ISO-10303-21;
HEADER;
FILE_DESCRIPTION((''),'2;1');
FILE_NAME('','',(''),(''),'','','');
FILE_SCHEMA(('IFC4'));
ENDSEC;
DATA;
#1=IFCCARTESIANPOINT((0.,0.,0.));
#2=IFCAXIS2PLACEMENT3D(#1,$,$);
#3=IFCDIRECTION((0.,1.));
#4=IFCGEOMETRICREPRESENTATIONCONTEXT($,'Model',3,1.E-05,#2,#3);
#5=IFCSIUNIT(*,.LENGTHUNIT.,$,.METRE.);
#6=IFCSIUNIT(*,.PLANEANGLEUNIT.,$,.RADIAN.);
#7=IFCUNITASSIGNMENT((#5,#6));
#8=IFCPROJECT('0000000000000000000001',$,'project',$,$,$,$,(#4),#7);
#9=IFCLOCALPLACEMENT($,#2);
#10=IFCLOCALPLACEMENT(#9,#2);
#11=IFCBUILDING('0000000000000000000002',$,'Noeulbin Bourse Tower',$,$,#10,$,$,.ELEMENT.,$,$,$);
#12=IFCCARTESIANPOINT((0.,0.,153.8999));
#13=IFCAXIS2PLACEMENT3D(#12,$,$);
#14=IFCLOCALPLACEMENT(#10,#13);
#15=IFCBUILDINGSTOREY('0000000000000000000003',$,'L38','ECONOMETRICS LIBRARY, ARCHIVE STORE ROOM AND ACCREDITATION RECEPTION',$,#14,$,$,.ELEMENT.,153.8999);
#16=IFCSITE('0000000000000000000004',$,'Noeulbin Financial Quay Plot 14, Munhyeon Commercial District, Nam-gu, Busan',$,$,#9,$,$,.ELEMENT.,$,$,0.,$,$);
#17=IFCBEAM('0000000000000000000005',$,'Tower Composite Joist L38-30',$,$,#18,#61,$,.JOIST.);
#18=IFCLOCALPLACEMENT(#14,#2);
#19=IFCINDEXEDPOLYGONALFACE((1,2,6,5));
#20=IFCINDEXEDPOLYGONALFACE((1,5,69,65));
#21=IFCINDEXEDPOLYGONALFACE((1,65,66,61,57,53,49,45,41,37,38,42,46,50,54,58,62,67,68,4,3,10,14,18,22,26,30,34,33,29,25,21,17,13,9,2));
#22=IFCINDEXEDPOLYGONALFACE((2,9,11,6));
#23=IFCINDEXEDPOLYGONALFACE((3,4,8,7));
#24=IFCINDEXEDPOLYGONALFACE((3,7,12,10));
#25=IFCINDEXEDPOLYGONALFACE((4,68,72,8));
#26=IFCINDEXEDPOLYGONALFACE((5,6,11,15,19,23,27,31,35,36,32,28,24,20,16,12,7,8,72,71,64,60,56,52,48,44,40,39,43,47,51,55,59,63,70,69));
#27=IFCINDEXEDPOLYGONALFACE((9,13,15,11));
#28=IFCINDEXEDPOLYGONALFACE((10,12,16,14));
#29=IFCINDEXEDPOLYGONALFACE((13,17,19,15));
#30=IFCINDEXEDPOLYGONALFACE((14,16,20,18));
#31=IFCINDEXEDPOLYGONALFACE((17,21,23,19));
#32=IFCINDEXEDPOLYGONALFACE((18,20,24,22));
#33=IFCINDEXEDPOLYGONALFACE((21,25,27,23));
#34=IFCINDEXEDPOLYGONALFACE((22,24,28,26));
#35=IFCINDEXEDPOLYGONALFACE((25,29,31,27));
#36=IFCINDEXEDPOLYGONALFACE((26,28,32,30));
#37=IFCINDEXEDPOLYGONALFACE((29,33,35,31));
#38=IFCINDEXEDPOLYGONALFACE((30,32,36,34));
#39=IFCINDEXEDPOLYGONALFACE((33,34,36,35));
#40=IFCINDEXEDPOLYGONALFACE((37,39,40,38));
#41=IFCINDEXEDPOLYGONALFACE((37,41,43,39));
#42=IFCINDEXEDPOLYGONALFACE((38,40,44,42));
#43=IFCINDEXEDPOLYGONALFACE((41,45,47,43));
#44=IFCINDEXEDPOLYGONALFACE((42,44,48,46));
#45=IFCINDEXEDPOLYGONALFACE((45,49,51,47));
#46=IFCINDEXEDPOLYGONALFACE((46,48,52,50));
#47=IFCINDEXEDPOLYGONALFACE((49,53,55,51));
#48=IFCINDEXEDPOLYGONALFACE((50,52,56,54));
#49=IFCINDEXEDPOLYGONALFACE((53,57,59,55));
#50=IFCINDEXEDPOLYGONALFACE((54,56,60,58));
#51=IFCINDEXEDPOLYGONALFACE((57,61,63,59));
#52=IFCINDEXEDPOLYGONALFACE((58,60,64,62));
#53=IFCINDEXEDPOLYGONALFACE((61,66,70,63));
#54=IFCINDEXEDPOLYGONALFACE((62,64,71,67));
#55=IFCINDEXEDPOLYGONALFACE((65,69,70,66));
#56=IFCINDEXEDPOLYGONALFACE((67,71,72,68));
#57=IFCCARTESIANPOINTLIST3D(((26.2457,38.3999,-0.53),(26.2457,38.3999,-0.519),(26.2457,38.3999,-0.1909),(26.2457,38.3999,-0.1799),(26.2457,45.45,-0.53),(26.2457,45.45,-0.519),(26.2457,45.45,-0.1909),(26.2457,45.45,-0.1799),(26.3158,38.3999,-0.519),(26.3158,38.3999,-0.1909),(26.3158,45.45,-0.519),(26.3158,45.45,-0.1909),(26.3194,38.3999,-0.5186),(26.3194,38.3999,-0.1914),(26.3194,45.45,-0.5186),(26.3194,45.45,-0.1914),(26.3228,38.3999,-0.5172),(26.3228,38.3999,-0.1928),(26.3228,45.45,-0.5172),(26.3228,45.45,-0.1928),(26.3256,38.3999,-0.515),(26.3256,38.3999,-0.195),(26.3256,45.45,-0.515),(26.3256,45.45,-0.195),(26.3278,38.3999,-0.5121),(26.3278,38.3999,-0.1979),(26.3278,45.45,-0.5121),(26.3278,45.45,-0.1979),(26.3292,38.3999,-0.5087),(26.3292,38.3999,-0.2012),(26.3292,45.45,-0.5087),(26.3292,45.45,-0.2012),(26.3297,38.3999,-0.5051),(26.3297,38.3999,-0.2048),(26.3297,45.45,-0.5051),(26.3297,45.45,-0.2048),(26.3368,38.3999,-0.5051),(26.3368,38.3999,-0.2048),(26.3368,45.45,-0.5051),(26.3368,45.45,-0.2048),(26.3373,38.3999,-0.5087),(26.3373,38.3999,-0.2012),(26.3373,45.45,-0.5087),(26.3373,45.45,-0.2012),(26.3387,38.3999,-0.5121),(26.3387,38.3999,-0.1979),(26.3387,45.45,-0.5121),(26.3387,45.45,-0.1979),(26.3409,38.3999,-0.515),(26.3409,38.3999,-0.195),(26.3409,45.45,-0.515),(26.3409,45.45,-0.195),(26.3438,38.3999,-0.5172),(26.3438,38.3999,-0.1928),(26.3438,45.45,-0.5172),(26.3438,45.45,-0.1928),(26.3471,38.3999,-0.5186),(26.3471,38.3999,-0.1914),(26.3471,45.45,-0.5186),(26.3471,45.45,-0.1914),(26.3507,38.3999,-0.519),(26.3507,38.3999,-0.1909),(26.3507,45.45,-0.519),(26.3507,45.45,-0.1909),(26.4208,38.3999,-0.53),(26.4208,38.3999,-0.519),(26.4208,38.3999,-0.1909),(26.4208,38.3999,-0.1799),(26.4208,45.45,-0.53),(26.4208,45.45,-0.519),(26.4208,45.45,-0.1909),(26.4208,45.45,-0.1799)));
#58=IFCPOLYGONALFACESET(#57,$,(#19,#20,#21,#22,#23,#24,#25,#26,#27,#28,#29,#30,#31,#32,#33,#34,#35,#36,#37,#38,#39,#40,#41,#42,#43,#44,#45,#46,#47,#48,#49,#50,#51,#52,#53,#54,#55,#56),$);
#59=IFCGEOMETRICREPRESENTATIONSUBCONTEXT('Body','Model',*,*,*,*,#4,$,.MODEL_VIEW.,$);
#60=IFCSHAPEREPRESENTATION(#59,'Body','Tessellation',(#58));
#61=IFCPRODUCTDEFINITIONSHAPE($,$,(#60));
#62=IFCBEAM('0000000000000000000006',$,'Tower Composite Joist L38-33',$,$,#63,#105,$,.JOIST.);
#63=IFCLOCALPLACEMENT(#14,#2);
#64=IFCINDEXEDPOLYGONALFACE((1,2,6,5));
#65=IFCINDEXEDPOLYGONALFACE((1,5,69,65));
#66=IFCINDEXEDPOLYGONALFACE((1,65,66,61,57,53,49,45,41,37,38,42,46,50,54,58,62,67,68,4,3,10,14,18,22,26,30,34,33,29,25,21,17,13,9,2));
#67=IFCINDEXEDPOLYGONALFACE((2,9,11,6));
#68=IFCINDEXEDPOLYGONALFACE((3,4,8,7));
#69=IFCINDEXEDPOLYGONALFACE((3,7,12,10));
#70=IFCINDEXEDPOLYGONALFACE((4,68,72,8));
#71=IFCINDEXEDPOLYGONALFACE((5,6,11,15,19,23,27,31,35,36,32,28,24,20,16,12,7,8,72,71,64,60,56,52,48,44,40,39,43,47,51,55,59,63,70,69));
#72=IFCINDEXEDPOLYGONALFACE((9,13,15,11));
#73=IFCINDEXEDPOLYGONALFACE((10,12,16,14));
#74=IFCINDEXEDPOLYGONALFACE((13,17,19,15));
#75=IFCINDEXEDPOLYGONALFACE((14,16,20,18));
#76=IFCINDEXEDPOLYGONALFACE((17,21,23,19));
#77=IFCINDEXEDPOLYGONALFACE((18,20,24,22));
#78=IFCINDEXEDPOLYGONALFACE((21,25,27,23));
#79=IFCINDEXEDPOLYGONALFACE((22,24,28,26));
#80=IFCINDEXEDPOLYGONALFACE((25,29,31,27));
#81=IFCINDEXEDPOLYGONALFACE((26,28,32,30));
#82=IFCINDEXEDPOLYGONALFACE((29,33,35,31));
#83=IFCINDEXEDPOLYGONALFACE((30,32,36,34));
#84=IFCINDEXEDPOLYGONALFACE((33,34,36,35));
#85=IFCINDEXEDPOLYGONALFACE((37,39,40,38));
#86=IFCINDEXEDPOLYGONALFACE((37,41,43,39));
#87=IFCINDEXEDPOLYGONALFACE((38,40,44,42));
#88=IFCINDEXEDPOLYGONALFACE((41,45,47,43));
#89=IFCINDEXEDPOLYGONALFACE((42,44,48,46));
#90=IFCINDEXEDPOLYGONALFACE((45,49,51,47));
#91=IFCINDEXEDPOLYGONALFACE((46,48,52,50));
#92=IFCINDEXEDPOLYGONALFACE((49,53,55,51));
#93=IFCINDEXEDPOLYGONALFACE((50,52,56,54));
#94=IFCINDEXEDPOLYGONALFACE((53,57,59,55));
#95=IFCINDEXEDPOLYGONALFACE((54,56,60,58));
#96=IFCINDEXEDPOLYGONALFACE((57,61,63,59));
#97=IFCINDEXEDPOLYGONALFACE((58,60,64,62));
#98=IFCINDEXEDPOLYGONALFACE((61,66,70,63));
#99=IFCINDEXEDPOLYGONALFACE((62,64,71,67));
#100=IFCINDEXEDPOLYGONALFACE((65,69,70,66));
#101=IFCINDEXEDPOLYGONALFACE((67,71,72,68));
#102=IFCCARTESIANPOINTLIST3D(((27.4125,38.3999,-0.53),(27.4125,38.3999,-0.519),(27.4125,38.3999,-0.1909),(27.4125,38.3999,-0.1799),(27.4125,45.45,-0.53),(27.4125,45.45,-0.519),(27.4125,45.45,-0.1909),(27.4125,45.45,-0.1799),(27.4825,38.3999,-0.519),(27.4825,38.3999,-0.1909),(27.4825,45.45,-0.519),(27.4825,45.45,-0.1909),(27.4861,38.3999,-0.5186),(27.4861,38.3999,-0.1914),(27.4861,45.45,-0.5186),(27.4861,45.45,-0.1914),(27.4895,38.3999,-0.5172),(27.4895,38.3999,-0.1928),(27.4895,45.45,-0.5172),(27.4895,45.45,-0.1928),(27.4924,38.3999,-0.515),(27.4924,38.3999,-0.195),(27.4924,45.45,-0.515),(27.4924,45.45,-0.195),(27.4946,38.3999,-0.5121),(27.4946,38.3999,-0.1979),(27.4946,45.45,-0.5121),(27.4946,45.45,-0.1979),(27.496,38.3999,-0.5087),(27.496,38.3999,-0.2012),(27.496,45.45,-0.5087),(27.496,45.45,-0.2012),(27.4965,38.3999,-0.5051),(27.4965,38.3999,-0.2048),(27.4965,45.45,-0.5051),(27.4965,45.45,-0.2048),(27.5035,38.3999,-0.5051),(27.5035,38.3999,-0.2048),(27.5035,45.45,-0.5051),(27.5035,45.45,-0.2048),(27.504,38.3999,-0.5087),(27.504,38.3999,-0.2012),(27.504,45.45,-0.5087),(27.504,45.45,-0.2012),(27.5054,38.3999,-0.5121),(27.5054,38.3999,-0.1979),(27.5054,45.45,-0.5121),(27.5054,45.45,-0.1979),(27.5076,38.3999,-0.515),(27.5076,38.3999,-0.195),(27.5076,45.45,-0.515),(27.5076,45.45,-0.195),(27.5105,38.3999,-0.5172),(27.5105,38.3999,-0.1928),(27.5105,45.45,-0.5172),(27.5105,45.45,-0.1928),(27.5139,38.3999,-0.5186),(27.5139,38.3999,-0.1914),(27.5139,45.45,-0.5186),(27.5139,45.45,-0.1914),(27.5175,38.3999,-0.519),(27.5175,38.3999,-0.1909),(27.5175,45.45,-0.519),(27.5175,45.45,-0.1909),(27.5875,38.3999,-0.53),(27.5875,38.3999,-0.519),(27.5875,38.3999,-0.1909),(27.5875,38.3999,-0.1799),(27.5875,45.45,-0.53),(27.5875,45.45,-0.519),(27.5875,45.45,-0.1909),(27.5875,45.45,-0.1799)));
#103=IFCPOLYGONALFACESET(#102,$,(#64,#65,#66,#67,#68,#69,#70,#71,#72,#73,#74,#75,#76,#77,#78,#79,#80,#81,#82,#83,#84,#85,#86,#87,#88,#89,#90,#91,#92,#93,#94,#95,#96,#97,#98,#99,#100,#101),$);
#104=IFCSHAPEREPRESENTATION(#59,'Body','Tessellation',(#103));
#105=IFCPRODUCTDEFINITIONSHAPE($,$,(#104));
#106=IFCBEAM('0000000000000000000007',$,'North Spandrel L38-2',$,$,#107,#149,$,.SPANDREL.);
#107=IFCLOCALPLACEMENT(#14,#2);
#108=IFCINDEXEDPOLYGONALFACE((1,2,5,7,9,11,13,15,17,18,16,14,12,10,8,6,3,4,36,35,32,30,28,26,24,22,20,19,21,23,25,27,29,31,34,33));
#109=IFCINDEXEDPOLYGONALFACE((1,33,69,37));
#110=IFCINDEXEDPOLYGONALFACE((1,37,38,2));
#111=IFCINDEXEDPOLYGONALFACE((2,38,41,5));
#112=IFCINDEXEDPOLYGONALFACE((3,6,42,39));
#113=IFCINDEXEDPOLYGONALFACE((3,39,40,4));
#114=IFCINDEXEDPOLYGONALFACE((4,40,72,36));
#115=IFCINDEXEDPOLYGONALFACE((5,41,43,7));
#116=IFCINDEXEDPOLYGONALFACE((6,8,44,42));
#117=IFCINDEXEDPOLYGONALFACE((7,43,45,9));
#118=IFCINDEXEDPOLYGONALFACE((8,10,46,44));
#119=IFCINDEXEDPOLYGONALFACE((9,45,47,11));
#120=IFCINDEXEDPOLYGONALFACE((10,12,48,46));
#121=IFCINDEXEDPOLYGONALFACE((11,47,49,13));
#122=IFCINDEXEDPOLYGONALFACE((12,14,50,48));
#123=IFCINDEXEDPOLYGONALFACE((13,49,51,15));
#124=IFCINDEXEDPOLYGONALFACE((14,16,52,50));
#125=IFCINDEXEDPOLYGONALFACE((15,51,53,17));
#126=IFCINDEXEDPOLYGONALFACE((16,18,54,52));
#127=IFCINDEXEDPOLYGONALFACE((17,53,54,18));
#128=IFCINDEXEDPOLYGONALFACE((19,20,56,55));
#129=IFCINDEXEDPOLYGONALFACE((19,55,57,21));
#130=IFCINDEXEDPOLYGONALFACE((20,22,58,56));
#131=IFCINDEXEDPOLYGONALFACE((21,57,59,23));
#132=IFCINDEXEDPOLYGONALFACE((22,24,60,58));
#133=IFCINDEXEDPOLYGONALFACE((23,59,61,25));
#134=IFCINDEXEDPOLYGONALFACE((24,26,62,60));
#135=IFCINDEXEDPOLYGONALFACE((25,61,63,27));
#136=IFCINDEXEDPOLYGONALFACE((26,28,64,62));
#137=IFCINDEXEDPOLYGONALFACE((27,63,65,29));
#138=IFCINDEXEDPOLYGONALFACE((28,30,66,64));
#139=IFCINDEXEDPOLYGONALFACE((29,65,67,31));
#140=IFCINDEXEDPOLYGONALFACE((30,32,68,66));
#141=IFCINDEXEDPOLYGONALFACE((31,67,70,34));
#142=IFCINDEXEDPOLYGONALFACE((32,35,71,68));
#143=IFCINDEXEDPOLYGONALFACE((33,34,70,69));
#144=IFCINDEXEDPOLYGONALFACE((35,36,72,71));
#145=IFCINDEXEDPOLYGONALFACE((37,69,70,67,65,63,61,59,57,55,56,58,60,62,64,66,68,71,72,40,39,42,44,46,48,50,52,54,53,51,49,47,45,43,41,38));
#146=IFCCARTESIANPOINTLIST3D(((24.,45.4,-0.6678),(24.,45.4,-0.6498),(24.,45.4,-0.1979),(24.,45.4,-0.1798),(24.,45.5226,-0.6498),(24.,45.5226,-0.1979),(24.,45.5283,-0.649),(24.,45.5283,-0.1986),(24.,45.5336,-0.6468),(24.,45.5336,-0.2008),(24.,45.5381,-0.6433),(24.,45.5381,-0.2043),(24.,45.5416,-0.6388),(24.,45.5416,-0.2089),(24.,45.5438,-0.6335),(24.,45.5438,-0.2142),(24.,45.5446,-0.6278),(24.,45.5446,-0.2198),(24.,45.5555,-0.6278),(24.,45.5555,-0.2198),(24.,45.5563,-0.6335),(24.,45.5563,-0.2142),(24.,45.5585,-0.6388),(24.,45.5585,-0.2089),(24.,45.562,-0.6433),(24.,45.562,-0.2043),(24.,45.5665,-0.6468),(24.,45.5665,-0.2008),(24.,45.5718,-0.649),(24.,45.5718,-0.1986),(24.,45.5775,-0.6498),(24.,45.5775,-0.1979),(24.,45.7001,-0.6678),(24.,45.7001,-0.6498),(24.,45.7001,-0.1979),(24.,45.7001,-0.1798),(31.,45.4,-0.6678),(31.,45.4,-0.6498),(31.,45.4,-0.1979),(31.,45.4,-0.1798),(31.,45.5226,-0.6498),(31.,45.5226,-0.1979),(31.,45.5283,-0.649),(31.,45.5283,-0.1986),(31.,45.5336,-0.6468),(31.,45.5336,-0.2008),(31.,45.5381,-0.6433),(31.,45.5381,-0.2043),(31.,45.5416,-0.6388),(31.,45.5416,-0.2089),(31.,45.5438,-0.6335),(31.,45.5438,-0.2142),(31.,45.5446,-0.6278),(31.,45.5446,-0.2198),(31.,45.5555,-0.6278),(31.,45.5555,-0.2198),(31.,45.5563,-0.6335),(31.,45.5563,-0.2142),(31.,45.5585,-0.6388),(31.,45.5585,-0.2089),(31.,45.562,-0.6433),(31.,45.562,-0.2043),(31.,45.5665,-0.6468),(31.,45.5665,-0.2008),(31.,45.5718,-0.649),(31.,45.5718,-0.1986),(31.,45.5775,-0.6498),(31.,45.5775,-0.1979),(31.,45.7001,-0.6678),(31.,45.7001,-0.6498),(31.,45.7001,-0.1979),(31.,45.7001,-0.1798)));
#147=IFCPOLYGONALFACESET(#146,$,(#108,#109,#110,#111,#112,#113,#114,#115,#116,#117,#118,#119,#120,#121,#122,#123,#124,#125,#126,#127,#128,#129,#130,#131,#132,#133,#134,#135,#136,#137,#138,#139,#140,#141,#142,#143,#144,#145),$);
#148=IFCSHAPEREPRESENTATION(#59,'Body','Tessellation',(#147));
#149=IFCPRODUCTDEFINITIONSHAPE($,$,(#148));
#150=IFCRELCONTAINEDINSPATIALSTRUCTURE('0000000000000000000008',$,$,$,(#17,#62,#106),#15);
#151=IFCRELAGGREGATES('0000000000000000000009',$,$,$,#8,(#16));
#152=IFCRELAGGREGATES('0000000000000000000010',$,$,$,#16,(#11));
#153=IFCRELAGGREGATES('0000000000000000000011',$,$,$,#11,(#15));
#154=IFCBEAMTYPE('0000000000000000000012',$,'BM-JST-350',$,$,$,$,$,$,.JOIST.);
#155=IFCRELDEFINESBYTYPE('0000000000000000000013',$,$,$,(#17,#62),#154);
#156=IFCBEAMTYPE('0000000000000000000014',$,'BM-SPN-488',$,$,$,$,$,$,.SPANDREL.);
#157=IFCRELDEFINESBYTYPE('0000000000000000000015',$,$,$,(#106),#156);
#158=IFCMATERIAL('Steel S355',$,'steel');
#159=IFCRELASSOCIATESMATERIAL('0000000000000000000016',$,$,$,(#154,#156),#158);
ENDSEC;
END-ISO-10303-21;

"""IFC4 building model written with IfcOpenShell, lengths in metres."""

from ifc_helpers import new_model, si_unit, direction, frame, origin, origin_2d, place, context, subcontext, project, spatial, i_section, extrude, material, material_profile, profile_set, type_object, element, save


model = new_model("IFC4")

# Units and contexts
model_context = context("Model", 3, precision=1e-05, world=origin(), true_north=direction((0.0, 1.0)))
body_context = subcontext(model_context, "Body", "Model", "MODEL_VIEW")
ifc_project = project(units=[si_unit("LENGTHUNIT", "METRE"), si_unit("PLANEANGLEUNIT", "RADIAN")], contexts=[model_context])

# Site, building, storey
site_placement = place(None, origin())
site = spatial("IfcSite", under=ifc_project, at=site_placement, Name="Noeulbin Financial Quay Plot 14, Munhyeon Commercial District, Nam-gu, Busan", CompositionType="ELEMENT", RefElevation=0.0)
building_placement = place(site_placement, origin())
building = spatial("IfcBuilding", under=site, at=building_placement, Name="Noeulbin Bourse Tower", CompositionType="ELEMENT")
storey_placement = place(building_placement, frame((0.0, 0.0, 153.8999)))
storey = spatial("IfcBuildingStorey", under=building, at=storey_placement, Name="L38", Description="ECONOMETRICS LIBRARY, ARCHIVE STORE ROOM AND ACCREDITATION RECEPTION", CompositionType="ELEMENT", Elevation=153.8999)

# Shared definitions
ifc_material_1 = material(Name="Steel S355", Category="steel")

# Beams
ifc_material_profile_1 = material_profile(ifc_material_1, i_section(OverallWidth=0.175, OverallDepth=0.3501, WebThickness=0.0071, FlangeThickness=0.011, FilletRadius=0.0139, at=origin_2d()), Name="H-350x175x7x11", Category="LoadBearing")
ifc_profile_set_1 = profile_set([ifc_material_profile_1], Name="Steel S355")
beam_type_1 = type_object("IfcBeamType", Name="BM-JST-350", PredefinedType="JOIST", material=ifc_profile_set_1)
for number, where, z_axis, x_axis, name in (
    (1, (26.3333, 38.3999, -0.355), (0.0, 1.0, 0.0), (-1.0, 0.0, 0.0), "Tower Composite Joist L38-30"),
    (2, (27.5, 38.3999, -0.355), (0.0, 1.0, 0.0), (-1.0, 0.0, 0.0), "Tower Composite Joist L38-33"),
):
    element("IfcBeam", number, at=place(storey_placement, frame(where, z_axis=z_axis, x_axis=x_axis)), inside=storey, type_object=beam_type_1, Name=name, PredefinedType="JOIST", context=body_context, shape_type="SweptSolid", body=[
        extrude(i_section(OverallWidth=0.175, OverallDepth=0.3501, WebThickness=0.0071, FlangeThickness=0.011, FilletRadius=0.0139, at=origin_2d()), origin(), (0.0, 0.0, 1.0), 7.05),
    ])
ifc_material_profile_2 = material_profile(ifc_material_1, i_section(OverallWidth=0.3, OverallDepth=0.488, WebThickness=0.011, FlangeThickness=0.0181, FilletRadius=0.022, at=origin_2d()), Name="H-488x300x11x18", Category="LoadBearing")
ifc_profile_set_2 = profile_set([ifc_material_profile_2], Name="Steel S355")
beam_type_2 = type_object("IfcBeamType", Name="BM-SPN-488", PredefinedType="SPANDREL", material=ifc_profile_set_2)
beam_1_placement = place(storey_placement, frame((24.0, 45.55, -0.4238), z_axis=(1.0, 0.0, 0.0), x_axis=(0.0, 1.0, 0.0)))
element("IfcBeam", 3, at=beam_1_placement, inside=storey, type_object=beam_type_2, Name="North Spandrel L38-2", PredefinedType="SPANDREL", context=body_context, shape_type="SweptSolid", body=[
    extrude(i_section(OverallWidth=0.3, OverallDepth=0.488, WebThickness=0.011, FlangeThickness=0.0181, FilletRadius=0.022, at=origin_2d()), origin(), (0.0, 0.0, 1.0), 7.0),
])

save(model, "model.ifc")
